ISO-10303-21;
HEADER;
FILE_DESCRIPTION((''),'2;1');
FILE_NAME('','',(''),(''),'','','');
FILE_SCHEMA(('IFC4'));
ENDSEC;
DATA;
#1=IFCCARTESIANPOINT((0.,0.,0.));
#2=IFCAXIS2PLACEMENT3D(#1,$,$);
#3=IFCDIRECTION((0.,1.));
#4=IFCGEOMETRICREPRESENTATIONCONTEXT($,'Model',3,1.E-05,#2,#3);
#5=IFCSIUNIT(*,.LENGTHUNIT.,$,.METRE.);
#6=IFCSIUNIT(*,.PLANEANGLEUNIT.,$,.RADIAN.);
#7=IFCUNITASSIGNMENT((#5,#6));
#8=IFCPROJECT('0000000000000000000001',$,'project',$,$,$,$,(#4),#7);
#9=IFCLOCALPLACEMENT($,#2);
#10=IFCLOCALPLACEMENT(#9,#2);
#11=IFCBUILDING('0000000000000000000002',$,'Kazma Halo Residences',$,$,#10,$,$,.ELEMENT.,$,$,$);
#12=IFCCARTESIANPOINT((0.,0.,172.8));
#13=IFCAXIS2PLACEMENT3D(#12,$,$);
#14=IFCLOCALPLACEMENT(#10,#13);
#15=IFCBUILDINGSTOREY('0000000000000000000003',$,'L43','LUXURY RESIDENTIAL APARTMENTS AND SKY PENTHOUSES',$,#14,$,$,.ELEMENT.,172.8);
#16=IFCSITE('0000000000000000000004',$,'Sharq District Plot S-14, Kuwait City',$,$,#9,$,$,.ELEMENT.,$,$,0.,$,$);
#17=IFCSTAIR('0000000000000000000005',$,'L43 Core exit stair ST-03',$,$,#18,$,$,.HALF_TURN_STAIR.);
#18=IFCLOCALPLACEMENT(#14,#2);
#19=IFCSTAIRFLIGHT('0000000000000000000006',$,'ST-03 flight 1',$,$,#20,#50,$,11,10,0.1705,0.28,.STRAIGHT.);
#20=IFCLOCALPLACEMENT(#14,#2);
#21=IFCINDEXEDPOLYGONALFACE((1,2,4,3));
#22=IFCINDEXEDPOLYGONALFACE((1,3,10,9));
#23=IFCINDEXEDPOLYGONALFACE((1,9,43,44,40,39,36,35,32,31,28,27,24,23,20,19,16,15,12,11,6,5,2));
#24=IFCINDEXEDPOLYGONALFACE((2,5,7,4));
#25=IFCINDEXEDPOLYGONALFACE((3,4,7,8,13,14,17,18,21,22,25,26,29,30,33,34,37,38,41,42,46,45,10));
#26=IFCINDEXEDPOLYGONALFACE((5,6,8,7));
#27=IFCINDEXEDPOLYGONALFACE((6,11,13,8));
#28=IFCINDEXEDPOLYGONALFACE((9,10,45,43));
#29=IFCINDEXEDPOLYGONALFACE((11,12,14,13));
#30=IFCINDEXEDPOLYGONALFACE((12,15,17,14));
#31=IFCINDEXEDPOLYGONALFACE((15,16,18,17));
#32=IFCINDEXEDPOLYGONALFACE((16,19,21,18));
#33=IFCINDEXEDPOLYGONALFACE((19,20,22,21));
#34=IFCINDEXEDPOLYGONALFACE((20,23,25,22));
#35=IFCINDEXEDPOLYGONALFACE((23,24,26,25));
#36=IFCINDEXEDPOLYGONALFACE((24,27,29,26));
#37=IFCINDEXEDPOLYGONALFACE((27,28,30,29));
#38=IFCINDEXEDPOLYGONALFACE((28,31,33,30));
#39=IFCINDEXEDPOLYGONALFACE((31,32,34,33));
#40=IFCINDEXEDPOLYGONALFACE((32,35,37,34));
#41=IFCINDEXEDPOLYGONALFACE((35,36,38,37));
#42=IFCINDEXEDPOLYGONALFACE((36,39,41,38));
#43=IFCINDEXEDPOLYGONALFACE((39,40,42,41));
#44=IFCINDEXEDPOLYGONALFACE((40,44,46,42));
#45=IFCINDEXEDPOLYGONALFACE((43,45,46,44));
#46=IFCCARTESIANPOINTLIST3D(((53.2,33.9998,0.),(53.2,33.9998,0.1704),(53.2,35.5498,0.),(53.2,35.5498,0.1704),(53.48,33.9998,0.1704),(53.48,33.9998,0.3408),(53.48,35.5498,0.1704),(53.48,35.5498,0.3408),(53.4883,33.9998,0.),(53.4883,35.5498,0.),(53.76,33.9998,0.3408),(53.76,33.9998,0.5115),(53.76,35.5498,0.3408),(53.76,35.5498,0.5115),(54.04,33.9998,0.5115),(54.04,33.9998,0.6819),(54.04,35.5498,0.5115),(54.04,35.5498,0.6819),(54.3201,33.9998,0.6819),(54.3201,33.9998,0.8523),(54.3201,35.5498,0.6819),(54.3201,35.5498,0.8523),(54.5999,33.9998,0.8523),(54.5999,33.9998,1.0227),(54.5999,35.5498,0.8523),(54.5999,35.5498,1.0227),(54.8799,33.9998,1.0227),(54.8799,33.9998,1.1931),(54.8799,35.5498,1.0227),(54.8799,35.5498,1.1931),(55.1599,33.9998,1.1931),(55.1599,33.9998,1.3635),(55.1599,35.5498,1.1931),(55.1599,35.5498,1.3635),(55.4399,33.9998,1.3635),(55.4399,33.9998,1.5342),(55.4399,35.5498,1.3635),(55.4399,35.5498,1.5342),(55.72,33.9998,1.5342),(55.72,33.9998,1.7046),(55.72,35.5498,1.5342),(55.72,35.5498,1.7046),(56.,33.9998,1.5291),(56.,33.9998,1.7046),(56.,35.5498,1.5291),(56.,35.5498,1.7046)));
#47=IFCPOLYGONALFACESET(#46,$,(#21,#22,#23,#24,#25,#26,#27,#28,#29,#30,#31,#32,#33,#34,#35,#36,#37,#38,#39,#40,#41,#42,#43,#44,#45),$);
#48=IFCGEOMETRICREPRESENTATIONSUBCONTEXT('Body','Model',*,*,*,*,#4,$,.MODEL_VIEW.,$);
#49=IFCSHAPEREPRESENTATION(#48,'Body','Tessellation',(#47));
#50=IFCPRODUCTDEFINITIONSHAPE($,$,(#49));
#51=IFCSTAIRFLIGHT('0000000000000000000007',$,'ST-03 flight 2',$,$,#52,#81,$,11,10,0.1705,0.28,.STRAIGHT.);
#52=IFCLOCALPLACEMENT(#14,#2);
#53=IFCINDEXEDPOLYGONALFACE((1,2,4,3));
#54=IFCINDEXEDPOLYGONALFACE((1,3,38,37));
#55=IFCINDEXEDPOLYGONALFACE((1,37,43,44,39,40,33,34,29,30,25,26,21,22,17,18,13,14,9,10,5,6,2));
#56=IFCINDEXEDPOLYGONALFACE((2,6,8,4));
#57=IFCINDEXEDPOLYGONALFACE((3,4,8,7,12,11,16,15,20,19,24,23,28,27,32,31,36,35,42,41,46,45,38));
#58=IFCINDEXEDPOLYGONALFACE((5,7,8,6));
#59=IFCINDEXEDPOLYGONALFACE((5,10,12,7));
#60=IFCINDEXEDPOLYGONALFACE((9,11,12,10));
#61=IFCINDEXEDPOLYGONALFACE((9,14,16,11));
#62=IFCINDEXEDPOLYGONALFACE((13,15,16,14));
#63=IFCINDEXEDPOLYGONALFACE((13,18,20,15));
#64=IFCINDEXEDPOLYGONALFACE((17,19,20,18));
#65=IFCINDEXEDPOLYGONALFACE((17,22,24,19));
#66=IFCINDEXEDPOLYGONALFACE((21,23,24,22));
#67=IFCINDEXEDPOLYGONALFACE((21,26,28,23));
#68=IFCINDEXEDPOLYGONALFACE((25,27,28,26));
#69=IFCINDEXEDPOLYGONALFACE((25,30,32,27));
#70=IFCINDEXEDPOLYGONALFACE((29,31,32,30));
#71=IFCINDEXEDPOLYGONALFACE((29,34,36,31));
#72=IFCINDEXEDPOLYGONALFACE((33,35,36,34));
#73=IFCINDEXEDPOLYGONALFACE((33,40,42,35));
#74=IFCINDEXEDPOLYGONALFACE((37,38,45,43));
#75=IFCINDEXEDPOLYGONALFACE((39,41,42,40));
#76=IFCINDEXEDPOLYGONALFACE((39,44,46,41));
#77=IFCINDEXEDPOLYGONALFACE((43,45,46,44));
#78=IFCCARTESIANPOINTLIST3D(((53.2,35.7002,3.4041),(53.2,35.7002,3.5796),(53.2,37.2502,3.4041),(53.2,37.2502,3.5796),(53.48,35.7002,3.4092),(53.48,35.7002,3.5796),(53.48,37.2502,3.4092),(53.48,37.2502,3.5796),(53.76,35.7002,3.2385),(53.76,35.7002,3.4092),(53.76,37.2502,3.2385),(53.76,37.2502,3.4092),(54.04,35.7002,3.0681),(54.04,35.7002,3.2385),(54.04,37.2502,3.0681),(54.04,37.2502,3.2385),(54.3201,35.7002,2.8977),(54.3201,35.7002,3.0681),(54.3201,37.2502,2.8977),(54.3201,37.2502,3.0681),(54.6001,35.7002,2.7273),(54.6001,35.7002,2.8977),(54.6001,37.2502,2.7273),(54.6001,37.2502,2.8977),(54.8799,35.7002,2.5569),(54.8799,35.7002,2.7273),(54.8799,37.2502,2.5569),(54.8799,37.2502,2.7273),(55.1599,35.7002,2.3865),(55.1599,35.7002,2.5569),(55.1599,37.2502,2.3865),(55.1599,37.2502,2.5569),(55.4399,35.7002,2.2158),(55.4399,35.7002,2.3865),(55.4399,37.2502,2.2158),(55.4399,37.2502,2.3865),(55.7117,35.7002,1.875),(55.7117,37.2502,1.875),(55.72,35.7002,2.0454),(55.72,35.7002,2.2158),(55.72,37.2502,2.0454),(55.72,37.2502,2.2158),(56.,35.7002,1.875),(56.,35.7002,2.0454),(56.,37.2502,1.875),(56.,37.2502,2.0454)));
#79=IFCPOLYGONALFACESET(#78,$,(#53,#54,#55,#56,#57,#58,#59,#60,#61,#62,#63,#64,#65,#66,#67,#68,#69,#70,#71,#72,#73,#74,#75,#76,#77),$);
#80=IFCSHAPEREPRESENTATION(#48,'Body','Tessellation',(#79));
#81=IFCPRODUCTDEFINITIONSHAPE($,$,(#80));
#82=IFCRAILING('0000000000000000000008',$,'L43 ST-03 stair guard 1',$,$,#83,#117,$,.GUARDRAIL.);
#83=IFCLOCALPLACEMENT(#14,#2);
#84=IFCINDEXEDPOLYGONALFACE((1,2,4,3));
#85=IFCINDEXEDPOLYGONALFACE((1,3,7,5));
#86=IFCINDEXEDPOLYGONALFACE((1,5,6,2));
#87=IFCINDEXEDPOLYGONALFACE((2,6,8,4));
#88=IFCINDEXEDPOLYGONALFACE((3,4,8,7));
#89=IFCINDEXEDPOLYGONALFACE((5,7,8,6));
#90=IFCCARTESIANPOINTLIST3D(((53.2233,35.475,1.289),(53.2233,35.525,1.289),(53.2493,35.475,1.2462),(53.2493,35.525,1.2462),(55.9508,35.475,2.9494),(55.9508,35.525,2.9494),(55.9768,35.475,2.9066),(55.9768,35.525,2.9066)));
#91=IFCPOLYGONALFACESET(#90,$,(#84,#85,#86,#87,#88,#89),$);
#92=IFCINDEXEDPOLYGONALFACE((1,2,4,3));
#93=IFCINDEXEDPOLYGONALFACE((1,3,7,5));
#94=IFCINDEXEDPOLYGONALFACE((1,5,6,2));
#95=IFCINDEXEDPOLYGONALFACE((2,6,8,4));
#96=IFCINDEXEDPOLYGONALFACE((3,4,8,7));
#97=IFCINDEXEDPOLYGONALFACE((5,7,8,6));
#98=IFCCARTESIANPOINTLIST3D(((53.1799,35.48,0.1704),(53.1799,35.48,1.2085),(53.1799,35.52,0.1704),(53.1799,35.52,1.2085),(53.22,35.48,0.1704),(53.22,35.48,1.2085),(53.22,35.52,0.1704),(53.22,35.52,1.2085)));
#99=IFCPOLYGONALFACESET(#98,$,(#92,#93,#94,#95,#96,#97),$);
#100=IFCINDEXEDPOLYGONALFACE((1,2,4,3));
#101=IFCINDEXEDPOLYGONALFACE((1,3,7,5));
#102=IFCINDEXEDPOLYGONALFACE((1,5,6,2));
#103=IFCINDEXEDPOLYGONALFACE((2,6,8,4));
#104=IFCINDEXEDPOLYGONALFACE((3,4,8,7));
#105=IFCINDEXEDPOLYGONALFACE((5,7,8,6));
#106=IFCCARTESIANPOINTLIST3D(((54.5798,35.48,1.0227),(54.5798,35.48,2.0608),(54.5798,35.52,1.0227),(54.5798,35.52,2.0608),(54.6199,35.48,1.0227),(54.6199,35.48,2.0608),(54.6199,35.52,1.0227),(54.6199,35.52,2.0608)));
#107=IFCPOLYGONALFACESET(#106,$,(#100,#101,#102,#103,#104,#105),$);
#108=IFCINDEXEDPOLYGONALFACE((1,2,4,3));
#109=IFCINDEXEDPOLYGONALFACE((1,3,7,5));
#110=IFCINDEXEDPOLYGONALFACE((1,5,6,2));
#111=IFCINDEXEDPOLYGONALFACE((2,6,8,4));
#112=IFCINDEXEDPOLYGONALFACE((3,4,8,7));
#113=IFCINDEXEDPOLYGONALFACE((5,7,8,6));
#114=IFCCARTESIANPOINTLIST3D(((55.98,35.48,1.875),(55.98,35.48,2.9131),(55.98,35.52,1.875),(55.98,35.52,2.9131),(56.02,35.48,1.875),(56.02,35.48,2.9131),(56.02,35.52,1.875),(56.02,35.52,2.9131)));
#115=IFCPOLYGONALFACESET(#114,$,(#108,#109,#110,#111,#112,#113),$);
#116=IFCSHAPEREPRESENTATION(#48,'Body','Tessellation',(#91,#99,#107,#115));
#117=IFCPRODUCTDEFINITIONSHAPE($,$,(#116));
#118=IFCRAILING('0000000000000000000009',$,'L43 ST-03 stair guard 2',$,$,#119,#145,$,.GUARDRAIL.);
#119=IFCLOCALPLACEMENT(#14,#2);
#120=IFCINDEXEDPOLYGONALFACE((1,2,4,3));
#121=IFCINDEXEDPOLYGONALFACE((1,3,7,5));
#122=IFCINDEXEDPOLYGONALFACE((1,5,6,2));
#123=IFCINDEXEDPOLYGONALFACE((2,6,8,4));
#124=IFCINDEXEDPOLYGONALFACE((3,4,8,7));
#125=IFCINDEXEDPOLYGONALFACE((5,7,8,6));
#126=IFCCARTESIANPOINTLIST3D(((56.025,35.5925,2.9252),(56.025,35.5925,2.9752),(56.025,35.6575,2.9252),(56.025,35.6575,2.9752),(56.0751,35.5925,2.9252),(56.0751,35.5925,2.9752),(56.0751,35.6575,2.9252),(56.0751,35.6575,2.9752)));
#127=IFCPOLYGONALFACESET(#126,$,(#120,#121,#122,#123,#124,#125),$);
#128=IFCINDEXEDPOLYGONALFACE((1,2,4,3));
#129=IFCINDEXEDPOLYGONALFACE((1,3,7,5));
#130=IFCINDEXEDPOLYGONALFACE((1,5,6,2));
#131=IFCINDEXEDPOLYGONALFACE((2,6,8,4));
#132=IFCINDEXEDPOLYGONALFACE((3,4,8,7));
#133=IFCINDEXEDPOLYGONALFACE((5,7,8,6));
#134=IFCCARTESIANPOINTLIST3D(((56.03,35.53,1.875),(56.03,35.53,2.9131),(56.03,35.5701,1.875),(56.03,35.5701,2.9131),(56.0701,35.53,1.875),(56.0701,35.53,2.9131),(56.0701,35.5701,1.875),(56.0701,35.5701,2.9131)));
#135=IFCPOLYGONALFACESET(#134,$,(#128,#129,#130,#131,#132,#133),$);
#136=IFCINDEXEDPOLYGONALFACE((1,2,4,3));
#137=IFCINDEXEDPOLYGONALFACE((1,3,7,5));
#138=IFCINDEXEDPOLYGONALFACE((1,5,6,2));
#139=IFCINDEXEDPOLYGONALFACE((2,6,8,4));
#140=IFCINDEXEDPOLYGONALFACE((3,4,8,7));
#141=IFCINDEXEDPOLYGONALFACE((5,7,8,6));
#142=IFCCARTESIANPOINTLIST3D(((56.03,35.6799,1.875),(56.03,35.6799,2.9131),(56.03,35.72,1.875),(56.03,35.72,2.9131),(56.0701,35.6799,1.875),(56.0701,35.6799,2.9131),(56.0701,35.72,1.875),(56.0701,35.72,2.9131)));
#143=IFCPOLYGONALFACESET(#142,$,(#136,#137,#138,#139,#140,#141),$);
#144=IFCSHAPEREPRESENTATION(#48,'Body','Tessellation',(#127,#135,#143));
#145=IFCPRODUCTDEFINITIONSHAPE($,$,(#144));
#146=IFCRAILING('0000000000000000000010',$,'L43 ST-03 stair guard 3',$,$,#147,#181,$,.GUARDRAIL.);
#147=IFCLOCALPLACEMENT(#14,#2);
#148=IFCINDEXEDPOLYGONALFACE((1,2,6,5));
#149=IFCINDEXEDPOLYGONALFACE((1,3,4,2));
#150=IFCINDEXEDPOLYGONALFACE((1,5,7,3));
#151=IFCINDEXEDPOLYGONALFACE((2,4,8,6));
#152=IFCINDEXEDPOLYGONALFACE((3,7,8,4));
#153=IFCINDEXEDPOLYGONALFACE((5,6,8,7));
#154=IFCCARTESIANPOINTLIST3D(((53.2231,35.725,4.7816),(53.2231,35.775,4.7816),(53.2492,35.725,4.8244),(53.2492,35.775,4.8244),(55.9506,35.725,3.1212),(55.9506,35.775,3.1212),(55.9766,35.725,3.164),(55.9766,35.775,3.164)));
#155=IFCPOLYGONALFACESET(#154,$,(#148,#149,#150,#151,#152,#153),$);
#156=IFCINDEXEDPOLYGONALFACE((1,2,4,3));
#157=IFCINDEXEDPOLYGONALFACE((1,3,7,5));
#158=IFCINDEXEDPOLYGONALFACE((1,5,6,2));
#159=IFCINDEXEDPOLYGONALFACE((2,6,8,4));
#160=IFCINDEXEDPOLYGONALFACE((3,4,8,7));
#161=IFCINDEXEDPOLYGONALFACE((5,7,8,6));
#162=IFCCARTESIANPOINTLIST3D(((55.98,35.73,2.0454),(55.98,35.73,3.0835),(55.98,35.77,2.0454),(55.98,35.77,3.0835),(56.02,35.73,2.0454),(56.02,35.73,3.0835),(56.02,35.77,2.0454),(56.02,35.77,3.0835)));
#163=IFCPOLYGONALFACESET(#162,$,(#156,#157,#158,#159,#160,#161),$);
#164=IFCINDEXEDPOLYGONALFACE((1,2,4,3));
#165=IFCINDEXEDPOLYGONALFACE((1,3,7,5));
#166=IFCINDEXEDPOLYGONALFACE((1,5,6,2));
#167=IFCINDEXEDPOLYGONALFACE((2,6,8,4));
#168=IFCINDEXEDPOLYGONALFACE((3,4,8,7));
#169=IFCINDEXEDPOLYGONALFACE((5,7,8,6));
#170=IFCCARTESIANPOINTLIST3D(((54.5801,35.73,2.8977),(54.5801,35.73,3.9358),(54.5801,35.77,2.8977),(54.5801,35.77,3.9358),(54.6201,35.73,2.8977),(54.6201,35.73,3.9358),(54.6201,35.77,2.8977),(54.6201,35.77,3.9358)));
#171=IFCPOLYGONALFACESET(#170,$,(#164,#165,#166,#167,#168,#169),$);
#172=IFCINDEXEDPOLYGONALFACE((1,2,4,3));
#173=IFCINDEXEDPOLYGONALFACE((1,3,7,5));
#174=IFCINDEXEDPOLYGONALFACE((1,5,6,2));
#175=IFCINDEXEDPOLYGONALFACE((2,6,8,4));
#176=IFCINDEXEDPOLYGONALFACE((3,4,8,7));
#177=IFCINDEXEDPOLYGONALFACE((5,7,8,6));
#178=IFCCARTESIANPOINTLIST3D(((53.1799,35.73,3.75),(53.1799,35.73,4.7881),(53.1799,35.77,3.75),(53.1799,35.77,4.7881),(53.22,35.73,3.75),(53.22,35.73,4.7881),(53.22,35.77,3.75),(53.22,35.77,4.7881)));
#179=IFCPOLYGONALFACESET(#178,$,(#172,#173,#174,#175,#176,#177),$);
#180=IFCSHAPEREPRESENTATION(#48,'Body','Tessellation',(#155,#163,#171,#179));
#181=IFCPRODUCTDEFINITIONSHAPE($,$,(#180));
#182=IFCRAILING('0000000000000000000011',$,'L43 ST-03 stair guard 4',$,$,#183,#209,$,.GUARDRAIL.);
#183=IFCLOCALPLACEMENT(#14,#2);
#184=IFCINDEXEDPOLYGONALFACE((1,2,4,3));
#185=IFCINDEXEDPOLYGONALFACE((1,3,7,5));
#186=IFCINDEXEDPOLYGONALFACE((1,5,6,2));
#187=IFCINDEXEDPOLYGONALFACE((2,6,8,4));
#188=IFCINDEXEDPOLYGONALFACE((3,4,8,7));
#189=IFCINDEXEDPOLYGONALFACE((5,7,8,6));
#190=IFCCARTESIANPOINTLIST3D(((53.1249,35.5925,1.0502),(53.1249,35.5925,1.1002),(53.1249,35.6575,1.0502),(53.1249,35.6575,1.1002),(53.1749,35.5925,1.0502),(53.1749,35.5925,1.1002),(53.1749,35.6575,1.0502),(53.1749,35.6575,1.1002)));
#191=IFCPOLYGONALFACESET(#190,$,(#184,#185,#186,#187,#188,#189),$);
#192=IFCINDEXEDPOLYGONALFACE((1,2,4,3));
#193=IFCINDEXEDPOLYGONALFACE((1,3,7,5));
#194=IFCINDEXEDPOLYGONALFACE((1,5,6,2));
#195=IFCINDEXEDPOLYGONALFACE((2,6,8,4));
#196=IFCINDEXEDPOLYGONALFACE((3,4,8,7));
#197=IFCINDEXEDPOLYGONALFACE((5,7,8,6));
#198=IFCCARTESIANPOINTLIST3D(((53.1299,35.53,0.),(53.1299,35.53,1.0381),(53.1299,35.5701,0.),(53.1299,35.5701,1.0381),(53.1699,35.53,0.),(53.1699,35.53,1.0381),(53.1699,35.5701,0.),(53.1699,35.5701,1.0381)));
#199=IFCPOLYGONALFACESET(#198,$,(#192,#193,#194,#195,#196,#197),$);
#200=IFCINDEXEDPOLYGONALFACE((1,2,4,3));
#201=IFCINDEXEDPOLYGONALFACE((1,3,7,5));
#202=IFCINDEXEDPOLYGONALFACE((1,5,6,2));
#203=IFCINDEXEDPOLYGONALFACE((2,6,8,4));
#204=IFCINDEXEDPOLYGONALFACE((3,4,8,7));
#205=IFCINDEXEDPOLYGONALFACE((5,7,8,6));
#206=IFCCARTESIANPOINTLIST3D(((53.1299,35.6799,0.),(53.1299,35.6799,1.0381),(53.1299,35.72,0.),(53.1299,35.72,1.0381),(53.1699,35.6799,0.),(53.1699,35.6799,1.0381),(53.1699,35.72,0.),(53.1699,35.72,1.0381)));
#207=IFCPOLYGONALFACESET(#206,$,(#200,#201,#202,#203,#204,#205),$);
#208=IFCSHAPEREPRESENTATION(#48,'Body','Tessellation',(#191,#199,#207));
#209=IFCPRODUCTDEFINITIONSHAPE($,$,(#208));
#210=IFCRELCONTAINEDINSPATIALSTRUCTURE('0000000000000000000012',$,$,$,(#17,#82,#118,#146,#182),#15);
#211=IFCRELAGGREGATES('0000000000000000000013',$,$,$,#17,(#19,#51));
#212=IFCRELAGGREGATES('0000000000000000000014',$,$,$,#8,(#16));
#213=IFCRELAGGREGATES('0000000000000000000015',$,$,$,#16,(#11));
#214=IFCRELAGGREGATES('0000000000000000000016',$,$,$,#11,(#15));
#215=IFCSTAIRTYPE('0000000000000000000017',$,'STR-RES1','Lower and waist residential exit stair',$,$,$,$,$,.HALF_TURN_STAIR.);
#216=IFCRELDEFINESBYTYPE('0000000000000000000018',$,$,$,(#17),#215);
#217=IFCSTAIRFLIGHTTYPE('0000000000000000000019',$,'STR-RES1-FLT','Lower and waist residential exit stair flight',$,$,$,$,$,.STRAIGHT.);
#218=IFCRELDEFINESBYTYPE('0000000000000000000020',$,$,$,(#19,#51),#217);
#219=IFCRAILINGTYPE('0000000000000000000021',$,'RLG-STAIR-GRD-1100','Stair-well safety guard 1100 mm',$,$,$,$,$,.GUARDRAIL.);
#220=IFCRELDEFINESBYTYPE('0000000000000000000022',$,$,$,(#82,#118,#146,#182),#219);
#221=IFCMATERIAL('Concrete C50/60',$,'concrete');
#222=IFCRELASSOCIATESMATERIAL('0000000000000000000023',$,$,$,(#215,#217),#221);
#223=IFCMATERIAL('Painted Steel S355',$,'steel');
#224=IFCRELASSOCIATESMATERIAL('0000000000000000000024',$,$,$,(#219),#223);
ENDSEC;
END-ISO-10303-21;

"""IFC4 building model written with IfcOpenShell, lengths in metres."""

from ifc_helpers import new_model, si_unit, direction, frame, origin, origin_2d, place, context, subcontext, project, spatial, polyline, rectangle, outline, extrude, material, type_object, element, aggregate, save


model = new_model("IFC4")

# Units and contexts
model_context = context("Model", 3, precision=1e-05, world=origin(), true_north=direction((0.0, 1.0)))
body_context = subcontext(model_context, "Body", "Model", "MODEL_VIEW")
ifc_project = project(units=[si_unit("LENGTHUNIT", "METRE"), si_unit("PLANEANGLEUNIT", "RADIAN")], contexts=[model_context])

# Site, building, storey
site_placement = place(None, origin())
site = spatial("IfcSite", under=ifc_project, at=site_placement, Name="Sharq District Plot S-14, Kuwait City", CompositionType="ELEMENT", RefElevation=0.0)
building_placement = place(site_placement, origin())
building = spatial("IfcBuilding", under=site, at=building_placement, Name="Kazma Halo Residences", CompositionType="ELEMENT")
storey_placement = place(building_placement, frame((0.0, 0.0, 172.8)))
storey = spatial("IfcBuildingStorey", under=building, at=storey_placement, Name="L43", Description="LUXURY RESIDENTIAL APARTMENTS AND SKY PENTHOUSES", CompositionType="ELEMENT", Elevation=172.8)

# Shared definitions
ifc_material_1 = material(Name="Concrete C50/60", Category="concrete")

# Stair, stair flights
stair_type = type_object("IfcStairType", Name="STR-RES1", Description="Lower and waist residential exit stair", PredefinedType="HALF_TURN_STAIR", material=ifc_material_1)
stair_placement = place(storey_placement, origin())
stair = element("IfcStair", 1, at=stair_placement, inside=storey, type_object=stair_type, Name="L43 Core exit stair ST-03", PredefinedType="HALF_TURN_STAIR")
stair_flight_type = type_object("IfcStairFlightType", Name="STR-RES1-FLT", Description="Lower and waist residential exit stair flight", PredefinedType="STRAIGHT", material=ifc_material_1)
stair_flight_1_placement = place(storey_placement, frame((53.2, 34.7749, 0.0), z_axis=(0.0, 0.0, 1.0), x_axis=(1.0, 0.0, 0.0)))
stair_flight_1 = element("IfcStairFlight", 2, at=stair_flight_1_placement, type_object=stair_flight_type, Name="ST-03 flight 1", NumberOfRisers=11, NumberOfTreads=10, PredefinedType="STRAIGHT", RiserHeight=0.1705, TreadLength=0.28, context=body_context, shape_type="SweptSolid", body=[
    extrude(outline(polyline([(0.0, 0.0), (0.0, 0.1704), (0.28, 0.1704), (0.28, 0.3408), (0.5601, 0.3408), (0.5601, 0.5115), (0.8401, 0.5115), (0.8401, 0.6819), (1.1201, 0.6819), (1.1201, 0.8523), (1.3999, 0.8523), (1.3999, 1.0227), (1.6799, 1.0227), (1.6799, 1.1931), (1.96, 1.1931), (1.96, 1.3635), (2.24, 1.3635), (2.24, 1.5342), (2.52, 1.5342), (2.52, 1.7046), (2.8, 1.7046), (2.8, 1.875), (2.8, 1.5291), (0.2883, 0.0), (0.0, 0.0)])), frame((0.0, 0.7749, 0.0), z_axis=(0.0, -1.0, 0.0), x_axis=(1.0, 0.0, 0.0)), (0.0, 0.0, 1.0), 1.55),
])
stair_flight_2_placement = place(storey_placement, frame((56.0, 36.4751, 1.875), z_axis=(0.0, 0.0, 1.0), x_axis=(-1.0, 0.0, 0.0)))
stair_flight_2 = element("IfcStairFlight", 3, at=stair_flight_2_placement, type_object=stair_flight_type, Name="ST-03 flight 2", NumberOfRisers=11, NumberOfTreads=10, PredefinedType="STRAIGHT", RiserHeight=0.1705, TreadLength=0.28, context=body_context, shape_type="SweptSolid", body=[
    extrude(outline(polyline([(0.0, 0.0), (0.0, 0.1704), (0.28, 0.1704), (0.28, 0.3408), (0.5601, 0.3408), (0.5601, 0.5115), (0.8401, 0.5115), (0.8401, 0.6819), (1.1201, 0.6819), (1.1201, 0.8523), (1.3999, 0.8523), (1.3999, 1.0227), (1.6799, 1.0227), (1.6799, 1.1931), (1.96, 1.1931), (1.96, 1.3635), (2.24, 1.3635), (2.24, 1.5342), (2.52, 1.5342), (2.52, 1.7046), (2.8, 1.7046), (2.8, 1.875), (2.8, 1.5291), (0.2883, 0.0), (0.0, 0.0)])), frame((0.0, 0.7749, 0.0), z_axis=(0.0, -1.0, 0.0), x_axis=(1.0, 0.0, 0.0)), (0.0, 0.0, 1.0), 1.55),
])
aggregate(stair, [stair_flight_1, stair_flight_2])

# Railings
ifc_material_2 = material(Name="Painted Steel S355", Category="steel")
railing_type_1 = type_object("IfcRailingType", Name="RLG-STAIR-GRD-1100", Description="Stair-well safety guard 1100 mm", PredefinedType="GUARDRAIL", material=ifc_material_2)
railing_1_placement = place(storey_placement, frame((53.2, 35.5, 0.1704)))
element("IfcRailing", 4, at=railing_1_placement, inside=storey, type_object=railing_type_1, Name="L43 ST-03 stair guard 1", PredefinedType="GUARDRAIL", context=body_context, shape_type="SweptSolid", body=[
    extrude(rectangle(XDim=0.05, YDim=0.05, at=origin_2d()), frame((0.0364, 0.0, 1.0972), z_axis=(0.85417, 0.0, 0.519994), x_axis=(0.0, 1.0, 0.0)), (0.0, 0.0, 1.0), 3.1931),
    extrude(rectangle(XDim=0.04, YDim=0.04, at=origin_2d()), origin(), (0.0, 0.0, 1.0), 1.0381),
    extrude(rectangle(XDim=0.04, YDim=0.04, at=origin_2d()), frame((1.3999, 0.0, 0.8523)), (0.0, 0.0, 1.0), 1.0381),
    extrude(rectangle(XDim=0.04, YDim=0.04, at=origin_2d()), frame((2.8, 0.0, 1.7046)), (0.0, 0.0, 1.0), 1.0381),
])
railing_2_placement = place(storey_placement, frame((56.05, 35.55, 1.875)))
element("IfcRailing", 5, at=railing_2_placement, inside=storey, type_object=railing_type_1, Name="L43 ST-03 stair guard 2", PredefinedType="GUARDRAIL", context=body_context, shape_type="SweptSolid", body=[
    extrude(rectangle(XDim=0.05, YDim=0.05, at=origin_2d()), frame((0.0, 0.0425, 1.0752), z_axis=(0.0, 1.0, 0.0), x_axis=(-1.0, 0.0, 0.0)), (0.0, 0.0, 1.0), 0.0649),
    extrude(rectangle(XDim=0.04, YDim=0.04, at=origin_2d()), origin(), (0.0, 0.0, 1.0), 1.0381),
    extrude(rectangle(XDim=0.04, YDim=0.04, at=origin_2d()), frame((0.0, 0.1499, 0.0)), (0.0, 0.0, 1.0), 1.0381),
])
railing_3_placement = place(storey_placement, frame((56.0, 35.75, 2.0454)))
element("IfcRailing", 6, at=railing_3_placement, inside=storey, type_object=railing_type_1, Name="L43 ST-03 stair guard 3", PredefinedType="GUARDRAIL", context=body_context, shape_type="SweptSolid", body=[
    extrude(rectangle(XDim=0.05, YDim=0.05, at=origin_2d()), frame((-0.0364, 0.0, 1.0972), z_axis=(-0.85417, 0.0, 0.519994), x_axis=(0.0, -1.0, 0.0)), (0.0, 0.0, 1.0), 3.1931),
    extrude(rectangle(XDim=0.04, YDim=0.04, at=origin_2d()), origin(), (0.0, 0.0, 1.0), 1.0381),
    extrude(rectangle(XDim=0.04, YDim=0.04, at=origin_2d()), frame((-1.3999, 0.0, 0.8523)), (0.0, 0.0, 1.0), 1.0381),
    extrude(rectangle(XDim=0.04, YDim=0.04, at=origin_2d()), frame((-2.8, 0.0, 1.7046)), (0.0, 0.0, 1.0), 1.0381),
])
railing_4_placement = place(storey_placement, frame((53.1499, 35.55, 0.0)))
element("IfcRailing", 7, at=railing_4_placement, inside=storey, type_object=railing_type_1, Name="L43 ST-03 stair guard 4", PredefinedType="GUARDRAIL", context=body_context, shape_type="SweptSolid", body=[
    extrude(rectangle(XDim=0.05, YDim=0.05, at=origin_2d()), frame((0.0, 0.0425, 1.0752), z_axis=(0.0, 1.0, 0.0), x_axis=(-1.0, 0.0, 0.0)), (0.0, 0.0, 1.0), 0.0649),
    extrude(rectangle(XDim=0.04, YDim=0.04, at=origin_2d()), origin(), (0.0, 0.0, 1.0), 1.0381),
    extrude(rectangle(XDim=0.04, YDim=0.04, at=origin_2d()), frame((0.0, 0.1499, 0.0)), (0.0, 0.0, 1.0), 1.0381),
])

save(model, "model.ifc")
